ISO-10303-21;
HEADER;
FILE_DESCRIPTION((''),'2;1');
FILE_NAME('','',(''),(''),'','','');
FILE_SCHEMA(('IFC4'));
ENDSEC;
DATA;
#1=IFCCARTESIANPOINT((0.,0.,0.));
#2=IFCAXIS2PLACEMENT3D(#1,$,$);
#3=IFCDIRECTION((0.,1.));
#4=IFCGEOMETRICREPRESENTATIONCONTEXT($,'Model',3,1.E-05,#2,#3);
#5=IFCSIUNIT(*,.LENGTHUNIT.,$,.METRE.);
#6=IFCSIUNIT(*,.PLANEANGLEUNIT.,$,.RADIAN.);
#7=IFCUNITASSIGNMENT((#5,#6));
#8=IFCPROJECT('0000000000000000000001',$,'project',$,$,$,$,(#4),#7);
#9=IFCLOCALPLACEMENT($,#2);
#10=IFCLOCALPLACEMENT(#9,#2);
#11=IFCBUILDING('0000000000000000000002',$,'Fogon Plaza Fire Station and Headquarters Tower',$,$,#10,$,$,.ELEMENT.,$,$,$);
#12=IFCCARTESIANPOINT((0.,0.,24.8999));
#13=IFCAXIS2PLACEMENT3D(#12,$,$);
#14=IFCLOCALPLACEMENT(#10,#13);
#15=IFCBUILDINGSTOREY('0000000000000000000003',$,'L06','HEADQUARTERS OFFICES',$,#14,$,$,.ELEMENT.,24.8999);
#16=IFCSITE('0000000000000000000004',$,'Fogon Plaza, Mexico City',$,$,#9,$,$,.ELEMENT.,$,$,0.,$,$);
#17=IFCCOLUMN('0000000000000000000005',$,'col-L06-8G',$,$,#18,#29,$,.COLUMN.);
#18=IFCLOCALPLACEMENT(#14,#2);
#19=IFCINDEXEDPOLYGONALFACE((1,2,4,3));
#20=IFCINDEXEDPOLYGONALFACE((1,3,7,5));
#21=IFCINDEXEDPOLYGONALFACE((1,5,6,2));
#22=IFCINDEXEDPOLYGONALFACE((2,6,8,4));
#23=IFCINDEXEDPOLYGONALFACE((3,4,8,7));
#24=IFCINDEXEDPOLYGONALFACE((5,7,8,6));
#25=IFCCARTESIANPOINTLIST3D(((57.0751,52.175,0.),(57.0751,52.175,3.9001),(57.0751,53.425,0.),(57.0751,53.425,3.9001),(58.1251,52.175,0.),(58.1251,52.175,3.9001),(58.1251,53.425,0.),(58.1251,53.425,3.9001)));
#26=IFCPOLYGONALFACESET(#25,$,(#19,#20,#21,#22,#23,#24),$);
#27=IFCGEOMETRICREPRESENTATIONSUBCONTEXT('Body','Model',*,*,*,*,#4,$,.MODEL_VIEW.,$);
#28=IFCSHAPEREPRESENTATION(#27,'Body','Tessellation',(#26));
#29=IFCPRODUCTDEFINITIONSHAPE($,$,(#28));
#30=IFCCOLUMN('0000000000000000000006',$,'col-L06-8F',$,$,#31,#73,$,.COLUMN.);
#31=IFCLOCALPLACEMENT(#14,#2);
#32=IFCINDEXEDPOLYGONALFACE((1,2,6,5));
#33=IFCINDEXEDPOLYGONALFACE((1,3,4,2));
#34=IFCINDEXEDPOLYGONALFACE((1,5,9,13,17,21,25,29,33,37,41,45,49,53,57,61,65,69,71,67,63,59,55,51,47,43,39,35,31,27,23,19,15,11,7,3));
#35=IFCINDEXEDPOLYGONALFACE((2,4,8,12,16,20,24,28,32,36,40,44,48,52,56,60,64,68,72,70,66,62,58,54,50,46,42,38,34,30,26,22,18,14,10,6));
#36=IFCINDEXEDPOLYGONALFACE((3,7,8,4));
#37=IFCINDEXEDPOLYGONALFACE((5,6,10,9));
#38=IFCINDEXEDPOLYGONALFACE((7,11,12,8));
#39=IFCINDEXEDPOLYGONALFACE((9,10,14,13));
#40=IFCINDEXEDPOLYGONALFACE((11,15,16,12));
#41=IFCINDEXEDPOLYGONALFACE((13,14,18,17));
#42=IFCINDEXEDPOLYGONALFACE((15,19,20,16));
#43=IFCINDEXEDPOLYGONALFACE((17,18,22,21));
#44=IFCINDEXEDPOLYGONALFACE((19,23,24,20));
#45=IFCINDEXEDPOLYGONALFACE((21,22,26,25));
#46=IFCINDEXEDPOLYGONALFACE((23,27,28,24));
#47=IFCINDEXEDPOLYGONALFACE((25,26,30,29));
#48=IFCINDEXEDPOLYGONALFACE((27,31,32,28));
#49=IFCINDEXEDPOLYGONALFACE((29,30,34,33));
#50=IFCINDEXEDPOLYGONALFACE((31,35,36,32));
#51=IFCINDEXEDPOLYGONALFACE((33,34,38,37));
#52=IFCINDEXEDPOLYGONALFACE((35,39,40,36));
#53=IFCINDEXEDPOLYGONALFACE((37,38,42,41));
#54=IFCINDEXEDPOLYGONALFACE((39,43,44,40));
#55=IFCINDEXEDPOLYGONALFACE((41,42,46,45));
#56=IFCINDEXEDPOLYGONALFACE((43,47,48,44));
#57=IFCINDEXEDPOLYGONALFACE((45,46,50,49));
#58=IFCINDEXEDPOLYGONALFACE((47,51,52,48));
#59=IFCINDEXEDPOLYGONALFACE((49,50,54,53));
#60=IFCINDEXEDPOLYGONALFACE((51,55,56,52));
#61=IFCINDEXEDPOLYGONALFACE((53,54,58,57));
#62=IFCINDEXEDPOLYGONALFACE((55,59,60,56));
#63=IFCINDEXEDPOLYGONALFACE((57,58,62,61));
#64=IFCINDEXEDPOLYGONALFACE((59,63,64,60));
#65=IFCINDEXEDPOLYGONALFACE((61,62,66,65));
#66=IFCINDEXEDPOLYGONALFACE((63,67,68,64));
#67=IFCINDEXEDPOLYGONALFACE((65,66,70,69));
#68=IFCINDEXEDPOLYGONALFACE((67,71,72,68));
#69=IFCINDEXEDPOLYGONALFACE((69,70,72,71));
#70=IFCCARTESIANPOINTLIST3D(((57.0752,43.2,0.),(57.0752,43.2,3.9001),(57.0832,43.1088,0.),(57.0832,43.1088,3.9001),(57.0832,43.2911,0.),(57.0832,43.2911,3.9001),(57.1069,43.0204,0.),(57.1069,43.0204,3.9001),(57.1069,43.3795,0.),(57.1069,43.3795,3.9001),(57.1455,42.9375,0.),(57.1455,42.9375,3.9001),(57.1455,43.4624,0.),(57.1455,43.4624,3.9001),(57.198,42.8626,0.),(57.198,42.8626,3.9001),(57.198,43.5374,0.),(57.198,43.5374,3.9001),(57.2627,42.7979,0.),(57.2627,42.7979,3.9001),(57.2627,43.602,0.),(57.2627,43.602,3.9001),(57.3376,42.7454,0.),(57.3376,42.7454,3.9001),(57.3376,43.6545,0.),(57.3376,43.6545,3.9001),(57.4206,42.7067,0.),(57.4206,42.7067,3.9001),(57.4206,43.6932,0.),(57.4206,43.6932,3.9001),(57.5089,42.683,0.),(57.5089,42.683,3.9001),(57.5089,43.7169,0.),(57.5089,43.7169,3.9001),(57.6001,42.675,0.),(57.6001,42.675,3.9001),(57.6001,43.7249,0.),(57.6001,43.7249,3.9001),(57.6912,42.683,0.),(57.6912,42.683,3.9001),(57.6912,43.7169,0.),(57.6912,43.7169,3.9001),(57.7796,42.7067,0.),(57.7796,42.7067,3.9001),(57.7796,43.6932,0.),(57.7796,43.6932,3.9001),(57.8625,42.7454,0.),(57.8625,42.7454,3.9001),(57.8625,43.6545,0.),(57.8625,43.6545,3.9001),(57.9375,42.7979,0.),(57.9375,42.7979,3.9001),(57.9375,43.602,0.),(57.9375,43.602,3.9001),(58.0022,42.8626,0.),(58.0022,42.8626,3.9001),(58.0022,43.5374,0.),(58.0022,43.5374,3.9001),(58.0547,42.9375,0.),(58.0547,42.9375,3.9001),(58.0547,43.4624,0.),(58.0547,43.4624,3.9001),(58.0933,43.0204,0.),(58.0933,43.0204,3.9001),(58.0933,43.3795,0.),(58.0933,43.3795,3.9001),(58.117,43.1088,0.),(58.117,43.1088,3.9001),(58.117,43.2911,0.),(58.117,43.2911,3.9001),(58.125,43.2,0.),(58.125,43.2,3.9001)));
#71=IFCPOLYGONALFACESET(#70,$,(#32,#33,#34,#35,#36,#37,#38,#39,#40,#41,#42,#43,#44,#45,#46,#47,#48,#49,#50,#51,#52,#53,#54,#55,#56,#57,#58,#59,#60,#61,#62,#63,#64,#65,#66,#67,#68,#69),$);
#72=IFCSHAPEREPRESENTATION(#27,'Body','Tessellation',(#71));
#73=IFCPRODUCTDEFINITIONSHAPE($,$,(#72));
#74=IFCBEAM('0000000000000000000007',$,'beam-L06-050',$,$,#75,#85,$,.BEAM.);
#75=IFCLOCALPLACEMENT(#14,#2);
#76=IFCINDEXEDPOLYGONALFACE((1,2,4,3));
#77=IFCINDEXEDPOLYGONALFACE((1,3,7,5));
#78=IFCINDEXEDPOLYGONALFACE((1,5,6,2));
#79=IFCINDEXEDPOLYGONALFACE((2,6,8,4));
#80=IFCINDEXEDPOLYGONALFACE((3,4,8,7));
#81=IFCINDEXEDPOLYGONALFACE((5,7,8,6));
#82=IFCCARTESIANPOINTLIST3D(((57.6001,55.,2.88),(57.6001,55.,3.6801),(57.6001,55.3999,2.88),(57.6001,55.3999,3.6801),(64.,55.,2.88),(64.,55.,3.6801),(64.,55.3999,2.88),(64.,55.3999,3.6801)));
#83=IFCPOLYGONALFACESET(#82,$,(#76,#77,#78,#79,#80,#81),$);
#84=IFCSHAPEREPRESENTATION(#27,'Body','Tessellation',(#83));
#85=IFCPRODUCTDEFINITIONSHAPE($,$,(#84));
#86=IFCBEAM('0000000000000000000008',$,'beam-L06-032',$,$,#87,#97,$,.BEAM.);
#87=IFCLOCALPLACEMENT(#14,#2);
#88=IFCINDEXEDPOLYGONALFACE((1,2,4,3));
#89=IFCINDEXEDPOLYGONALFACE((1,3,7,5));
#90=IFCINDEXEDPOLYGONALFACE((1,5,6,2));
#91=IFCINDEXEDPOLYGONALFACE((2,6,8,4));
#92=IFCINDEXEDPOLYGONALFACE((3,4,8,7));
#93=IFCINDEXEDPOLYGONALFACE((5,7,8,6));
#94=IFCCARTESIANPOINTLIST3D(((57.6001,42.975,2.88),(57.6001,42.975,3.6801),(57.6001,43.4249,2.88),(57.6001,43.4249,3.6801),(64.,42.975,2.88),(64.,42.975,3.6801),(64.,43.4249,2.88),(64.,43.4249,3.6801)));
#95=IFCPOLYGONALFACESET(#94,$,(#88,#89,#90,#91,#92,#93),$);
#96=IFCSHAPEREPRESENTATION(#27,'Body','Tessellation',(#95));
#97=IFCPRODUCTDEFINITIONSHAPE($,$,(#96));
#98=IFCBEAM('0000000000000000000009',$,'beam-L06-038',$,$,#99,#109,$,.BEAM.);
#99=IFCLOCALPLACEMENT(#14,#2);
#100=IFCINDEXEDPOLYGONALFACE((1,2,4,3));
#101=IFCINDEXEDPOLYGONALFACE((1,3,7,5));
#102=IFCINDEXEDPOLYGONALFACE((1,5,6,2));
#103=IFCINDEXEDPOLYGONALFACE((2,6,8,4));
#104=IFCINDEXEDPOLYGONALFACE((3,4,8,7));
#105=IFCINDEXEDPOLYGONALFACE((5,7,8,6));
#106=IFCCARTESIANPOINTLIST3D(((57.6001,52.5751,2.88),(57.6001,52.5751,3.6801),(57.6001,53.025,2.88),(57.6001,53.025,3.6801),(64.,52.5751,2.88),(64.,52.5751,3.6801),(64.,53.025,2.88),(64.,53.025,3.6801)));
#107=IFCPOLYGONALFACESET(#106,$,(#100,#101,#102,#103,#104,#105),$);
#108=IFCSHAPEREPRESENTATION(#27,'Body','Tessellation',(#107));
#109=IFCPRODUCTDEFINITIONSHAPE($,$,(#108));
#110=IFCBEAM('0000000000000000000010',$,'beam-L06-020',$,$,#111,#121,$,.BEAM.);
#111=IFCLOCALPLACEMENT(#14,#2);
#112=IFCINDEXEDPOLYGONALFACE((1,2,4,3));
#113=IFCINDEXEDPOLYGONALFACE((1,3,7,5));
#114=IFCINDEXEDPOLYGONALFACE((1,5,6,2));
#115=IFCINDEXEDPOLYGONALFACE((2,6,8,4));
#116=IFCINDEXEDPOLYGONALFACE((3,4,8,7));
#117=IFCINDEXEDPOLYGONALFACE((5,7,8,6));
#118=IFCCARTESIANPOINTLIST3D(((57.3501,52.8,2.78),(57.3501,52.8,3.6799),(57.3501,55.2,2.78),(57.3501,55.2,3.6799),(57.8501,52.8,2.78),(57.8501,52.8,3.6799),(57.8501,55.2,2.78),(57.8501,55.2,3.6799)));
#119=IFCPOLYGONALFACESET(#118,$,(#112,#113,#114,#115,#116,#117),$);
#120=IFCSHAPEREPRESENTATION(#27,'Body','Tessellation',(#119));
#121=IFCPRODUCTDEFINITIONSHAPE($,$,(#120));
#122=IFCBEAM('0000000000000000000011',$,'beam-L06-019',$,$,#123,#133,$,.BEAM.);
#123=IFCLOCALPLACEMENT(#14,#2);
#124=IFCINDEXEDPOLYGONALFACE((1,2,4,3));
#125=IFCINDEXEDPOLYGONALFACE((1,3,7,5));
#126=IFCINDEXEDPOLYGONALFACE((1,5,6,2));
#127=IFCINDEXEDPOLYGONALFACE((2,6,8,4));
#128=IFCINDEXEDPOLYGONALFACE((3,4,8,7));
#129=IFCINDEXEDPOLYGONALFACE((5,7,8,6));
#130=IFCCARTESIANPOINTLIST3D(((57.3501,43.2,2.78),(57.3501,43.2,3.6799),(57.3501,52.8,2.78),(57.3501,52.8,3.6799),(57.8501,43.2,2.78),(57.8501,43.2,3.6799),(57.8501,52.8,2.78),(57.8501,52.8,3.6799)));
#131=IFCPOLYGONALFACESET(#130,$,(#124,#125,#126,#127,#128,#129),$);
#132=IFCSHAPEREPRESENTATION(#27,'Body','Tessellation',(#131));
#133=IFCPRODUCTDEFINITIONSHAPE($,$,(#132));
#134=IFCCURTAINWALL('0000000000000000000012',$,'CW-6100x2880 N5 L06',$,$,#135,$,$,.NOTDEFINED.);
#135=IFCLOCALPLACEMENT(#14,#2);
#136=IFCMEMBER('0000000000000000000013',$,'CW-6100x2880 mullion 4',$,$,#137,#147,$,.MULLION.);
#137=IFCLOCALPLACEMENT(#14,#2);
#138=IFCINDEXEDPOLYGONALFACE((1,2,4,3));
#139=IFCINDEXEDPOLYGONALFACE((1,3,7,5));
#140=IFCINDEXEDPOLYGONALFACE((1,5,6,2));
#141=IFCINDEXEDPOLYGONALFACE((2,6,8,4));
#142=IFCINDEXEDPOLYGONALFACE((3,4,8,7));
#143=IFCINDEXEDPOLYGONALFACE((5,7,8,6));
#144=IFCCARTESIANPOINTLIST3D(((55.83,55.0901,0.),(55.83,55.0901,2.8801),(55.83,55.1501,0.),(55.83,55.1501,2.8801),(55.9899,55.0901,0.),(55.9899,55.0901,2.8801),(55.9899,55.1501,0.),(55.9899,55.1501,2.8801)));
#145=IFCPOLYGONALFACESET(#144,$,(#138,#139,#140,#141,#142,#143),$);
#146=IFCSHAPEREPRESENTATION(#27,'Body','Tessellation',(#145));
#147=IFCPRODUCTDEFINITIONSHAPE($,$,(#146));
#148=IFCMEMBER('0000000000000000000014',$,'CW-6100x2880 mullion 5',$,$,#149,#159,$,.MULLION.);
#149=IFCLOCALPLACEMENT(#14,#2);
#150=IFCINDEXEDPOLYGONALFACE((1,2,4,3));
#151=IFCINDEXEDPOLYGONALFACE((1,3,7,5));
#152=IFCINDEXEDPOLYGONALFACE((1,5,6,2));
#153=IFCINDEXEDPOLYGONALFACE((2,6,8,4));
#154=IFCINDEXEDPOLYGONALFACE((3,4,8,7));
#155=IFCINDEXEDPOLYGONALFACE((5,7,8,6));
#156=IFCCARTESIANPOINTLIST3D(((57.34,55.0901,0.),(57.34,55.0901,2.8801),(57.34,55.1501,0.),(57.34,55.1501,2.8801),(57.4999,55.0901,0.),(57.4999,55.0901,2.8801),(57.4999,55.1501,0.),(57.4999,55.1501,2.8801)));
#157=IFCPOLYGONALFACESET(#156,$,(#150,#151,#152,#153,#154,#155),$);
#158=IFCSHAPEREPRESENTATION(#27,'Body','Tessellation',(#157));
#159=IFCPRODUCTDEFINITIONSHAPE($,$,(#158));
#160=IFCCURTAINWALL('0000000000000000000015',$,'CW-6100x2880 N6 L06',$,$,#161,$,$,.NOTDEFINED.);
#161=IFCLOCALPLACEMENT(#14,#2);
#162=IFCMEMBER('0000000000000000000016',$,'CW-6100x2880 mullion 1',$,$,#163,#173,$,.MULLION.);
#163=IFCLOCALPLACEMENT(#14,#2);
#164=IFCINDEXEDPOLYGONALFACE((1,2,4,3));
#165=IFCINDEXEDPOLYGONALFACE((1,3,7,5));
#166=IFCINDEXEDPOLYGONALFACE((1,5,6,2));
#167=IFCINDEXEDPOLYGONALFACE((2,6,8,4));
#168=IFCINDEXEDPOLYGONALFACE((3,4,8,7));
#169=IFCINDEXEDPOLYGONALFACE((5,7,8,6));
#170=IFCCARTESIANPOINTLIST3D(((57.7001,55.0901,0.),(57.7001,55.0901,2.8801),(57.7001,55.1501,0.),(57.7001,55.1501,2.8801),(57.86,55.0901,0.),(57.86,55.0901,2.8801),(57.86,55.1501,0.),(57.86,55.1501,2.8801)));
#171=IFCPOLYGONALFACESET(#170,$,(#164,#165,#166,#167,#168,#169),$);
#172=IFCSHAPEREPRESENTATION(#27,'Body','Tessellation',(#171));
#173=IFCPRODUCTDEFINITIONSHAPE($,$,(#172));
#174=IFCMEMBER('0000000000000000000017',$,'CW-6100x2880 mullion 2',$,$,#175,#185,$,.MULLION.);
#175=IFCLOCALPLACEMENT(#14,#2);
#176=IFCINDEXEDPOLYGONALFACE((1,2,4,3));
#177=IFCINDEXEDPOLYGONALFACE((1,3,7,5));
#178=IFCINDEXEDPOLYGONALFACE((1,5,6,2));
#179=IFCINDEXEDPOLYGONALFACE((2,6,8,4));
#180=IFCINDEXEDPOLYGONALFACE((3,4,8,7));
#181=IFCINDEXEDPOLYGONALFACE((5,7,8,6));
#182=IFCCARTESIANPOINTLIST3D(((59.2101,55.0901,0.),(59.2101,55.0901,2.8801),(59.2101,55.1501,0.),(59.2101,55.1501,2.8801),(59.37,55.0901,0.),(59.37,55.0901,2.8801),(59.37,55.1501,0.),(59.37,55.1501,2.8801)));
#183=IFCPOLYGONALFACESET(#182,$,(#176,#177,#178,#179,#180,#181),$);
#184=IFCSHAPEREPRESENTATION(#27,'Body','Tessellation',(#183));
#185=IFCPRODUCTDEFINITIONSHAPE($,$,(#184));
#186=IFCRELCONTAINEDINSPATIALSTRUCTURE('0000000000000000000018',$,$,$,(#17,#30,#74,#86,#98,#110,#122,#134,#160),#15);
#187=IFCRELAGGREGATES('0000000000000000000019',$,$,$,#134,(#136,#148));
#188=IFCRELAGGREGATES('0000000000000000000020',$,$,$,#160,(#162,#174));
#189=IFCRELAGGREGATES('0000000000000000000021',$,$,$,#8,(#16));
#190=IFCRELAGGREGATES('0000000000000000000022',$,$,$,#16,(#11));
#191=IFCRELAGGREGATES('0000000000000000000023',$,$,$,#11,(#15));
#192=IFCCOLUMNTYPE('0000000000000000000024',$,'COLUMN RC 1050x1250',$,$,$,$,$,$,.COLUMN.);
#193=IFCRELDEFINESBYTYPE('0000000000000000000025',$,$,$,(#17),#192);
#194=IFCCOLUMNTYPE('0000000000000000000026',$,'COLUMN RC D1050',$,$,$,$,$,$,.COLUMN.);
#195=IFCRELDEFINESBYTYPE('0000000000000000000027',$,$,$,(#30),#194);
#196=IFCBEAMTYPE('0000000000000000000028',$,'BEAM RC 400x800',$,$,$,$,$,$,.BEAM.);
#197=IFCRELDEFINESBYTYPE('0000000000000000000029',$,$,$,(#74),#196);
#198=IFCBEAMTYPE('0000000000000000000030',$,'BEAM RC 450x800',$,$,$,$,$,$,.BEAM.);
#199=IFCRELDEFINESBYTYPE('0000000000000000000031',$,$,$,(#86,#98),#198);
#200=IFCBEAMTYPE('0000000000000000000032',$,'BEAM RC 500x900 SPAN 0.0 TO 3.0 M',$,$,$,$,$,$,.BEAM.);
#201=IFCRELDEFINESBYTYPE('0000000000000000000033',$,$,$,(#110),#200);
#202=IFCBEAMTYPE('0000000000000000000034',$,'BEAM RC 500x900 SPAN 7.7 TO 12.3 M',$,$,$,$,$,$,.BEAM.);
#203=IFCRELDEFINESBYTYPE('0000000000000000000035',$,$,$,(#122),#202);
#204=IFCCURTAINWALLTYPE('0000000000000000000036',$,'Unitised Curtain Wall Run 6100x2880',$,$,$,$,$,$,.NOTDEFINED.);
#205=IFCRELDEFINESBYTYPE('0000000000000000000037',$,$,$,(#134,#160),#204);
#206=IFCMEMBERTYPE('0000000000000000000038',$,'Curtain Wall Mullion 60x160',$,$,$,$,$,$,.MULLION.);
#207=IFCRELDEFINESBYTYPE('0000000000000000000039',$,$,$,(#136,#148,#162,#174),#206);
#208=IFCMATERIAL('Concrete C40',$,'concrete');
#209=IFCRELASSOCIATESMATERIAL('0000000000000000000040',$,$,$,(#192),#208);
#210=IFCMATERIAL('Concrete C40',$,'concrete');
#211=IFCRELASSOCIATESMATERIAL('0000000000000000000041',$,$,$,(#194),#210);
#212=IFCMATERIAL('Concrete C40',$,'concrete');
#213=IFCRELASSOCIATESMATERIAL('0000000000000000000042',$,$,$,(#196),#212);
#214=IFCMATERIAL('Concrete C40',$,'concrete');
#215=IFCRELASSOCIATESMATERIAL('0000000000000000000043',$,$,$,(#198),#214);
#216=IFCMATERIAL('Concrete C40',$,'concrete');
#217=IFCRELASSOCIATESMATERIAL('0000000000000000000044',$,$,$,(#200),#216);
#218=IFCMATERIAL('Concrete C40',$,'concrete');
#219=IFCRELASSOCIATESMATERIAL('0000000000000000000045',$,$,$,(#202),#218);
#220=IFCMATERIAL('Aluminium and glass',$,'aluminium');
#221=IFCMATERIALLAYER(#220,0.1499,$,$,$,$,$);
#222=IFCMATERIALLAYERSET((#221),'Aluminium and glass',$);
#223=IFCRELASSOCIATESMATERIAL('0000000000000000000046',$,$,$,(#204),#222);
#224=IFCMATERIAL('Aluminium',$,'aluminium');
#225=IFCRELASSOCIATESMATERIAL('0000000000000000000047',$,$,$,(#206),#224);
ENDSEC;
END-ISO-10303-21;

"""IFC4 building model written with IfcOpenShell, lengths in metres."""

from ifc_helpers import new_model, si_unit, direction, frame, origin, origin_2d, place, context, subcontext, project, spatial, rectangle, circle, extrude, material, layer, layer_set, material_profile, profile_set, type_object, element, aggregate, save


model = new_model("IFC4")

# Units and contexts
model_context = context("Model", 3, precision=1e-05, world=origin(), true_north=direction((0.0, 1.0)))
body_context = subcontext(model_context, "Body", "Model", "MODEL_VIEW")
ifc_project = project(units=[si_unit("LENGTHUNIT", "METRE"), si_unit("PLANEANGLEUNIT", "RADIAN")], contexts=[model_context])

# Site, building, storey
site_placement = place(None, origin())
site = spatial("IfcSite", under=ifc_project, at=site_placement, Name="Fogon Plaza, Mexico City", CompositionType="ELEMENT", RefElevation=0.0)
building_placement = place(site_placement, origin())
building = spatial("IfcBuilding", under=site, at=building_placement, Name="Fogon Plaza Fire Station and Headquarters Tower", CompositionType="ELEMENT")
storey_placement = place(building_placement, frame((0.0, 0.0, 24.8999)))
storey = spatial("IfcBuildingStorey", under=building, at=storey_placement, Name="L06", Description="HEADQUARTERS OFFICES", CompositionType="ELEMENT", Elevation=24.8999)

# Columns
ifc_material_1 = material(Name="Concrete C40", Category="concrete")
ifc_material_profile_1 = material_profile(ifc_material_1, rectangle(XDim=1.05, YDim=1.25, at=origin_2d()), Name="RC 1050x1250")
ifc_profile_set_1 = profile_set([ifc_material_profile_1], Name="Concrete C40")
column_type_1 = type_object("IfcColumnType", Name="COLUMN RC 1050x1250", PredefinedType="COLUMN", material=ifc_profile_set_1)
column_1_placement = place(storey_placement, frame((57.6001, 52.8, 0.0), z_axis=(0.0, 0.0, 1.0), x_axis=(1.0, 0.0, 0.0)))
element("IfcColumn", 1, at=column_1_placement, inside=storey, type_object=column_type_1, Name="col-L06-8G", PredefinedType="COLUMN", context=body_context, shape_type="SweptSolid", body=[
    extrude(rectangle(XDim=1.05, YDim=1.25, at=origin_2d()), origin(), (0.0, 0.0, 1.0), 3.9001),
])
ifc_material_2 = material(Name="Concrete C40", Category="concrete")
ifc_material_profile_2 = material_profile(ifc_material_2, circle(Radius=0.5249, at=origin_2d()), Name="RC D1050")
ifc_profile_set_2 = profile_set([ifc_material_profile_2], Name="Concrete C40")
column_type_2 = type_object("IfcColumnType", Name="COLUMN RC D1050", PredefinedType="COLUMN", material=ifc_profile_set_2)
column_2_placement = place(storey_placement, frame((57.6001, 43.2, 0.0), z_axis=(0.0, 0.0, 1.0), x_axis=(1.0, 0.0, 0.0)))
element("IfcColumn", 2, at=column_2_placement, inside=storey, type_object=column_type_2, Name="col-L06-8F", PredefinedType="COLUMN", context=body_context, shape_type="SweptSolid", body=[
    extrude(circle(Radius=0.5249, at=origin_2d()), origin(), (0.0, 0.0, 1.0), 3.9001),
])

# Beams
ifc_material_3 = material(Name="Concrete C40", Category="concrete")
ifc_material_profile_3 = material_profile(ifc_material_3, rectangle(XDim=0.3999, YDim=0.8, at=origin_2d()), Name="RC 400x800")
ifc_profile_set_3 = profile_set([ifc_material_profile_3], Name="Concrete C40")
beam_type_1 = type_object("IfcBeamType", Name="BEAM RC 400x800", PredefinedType="BEAM", material=ifc_profile_set_3)
beam_1_placement = place(storey_placement, frame((57.6001, 55.2, 3.28), z_axis=(1.0, 0.0, 0.0), x_axis=(0.0, 1.0, 0.0)))
element("IfcBeam", 3, at=beam_1_placement, inside=storey, type_object=beam_type_1, Name="beam-L06-050", PredefinedType="BEAM", context=body_context, shape_type="SweptSolid", body=[
    extrude(rectangle(XDim=0.3999, YDim=0.8, at=origin_2d()), origin(), (0.0, 0.0, 1.0), 6.3999),
])
ifc_material_4 = material(Name="Concrete C40", Category="concrete")
ifc_material_profile_4 = material_profile(ifc_material_4, rectangle(XDim=0.45, YDim=0.8, at=origin_2d()), Name="RC 450x800")
ifc_profile_set_4 = profile_set([ifc_material_profile_4], Name="Concrete C40")
beam_type_2 = type_object("IfcBeamType", Name="BEAM RC 450x800", PredefinedType="BEAM", material=ifc_profile_set_4)
for number, where, z_axis, x_axis, name in (
    (4, (57.6001, 43.2, 3.28), (1.0, 0.0, 0.0), (0.0, 1.0, 0.0), "beam-L06-032"),
    (5, (57.6001, 52.8, 3.28), (1.0, 0.0, 0.0), (0.0, 1.0, 0.0), "beam-L06-038"),
):
    element("IfcBeam", number, at=place(storey_placement, frame(where, z_axis=z_axis, x_axis=x_axis)), inside=storey, type_object=beam_type_2, Name=name, PredefinedType="BEAM", context=body_context, shape_type="SweptSolid", body=[
        extrude(rectangle(XDim=0.45, YDim=0.8, at=origin_2d()), origin(), (0.0, 0.0, 1.0), 6.3999),
    ])
ifc_material_5 = material(Name="Concrete C40", Category="concrete")
ifc_material_profile_5 = material_profile(ifc_material_5, rectangle(XDim=0.5, YDim=0.8999, at=origin_2d()), Name="RC 500x900")
ifc_profile_set_5 = profile_set([ifc_material_profile_5], Name="Concrete C40")
beam_type_3 = type_object("IfcBeamType", Name="BEAM RC 500x900 SPAN 0.0 TO 3.0 M", PredefinedType="BEAM", material=ifc_profile_set_5)
beam_2_placement = place(storey_placement, frame((57.6001, 52.8, 3.23), z_axis=(0.0, 1.0, 0.0), x_axis=(-1.0, 0.0, 0.0)))
element("IfcBeam", 6, at=beam_2_placement, inside=storey, type_object=beam_type_3, Name="beam-L06-020", PredefinedType="BEAM", context=body_context, shape_type="SweptSolid", body=[
    extrude(rectangle(XDim=0.5, YDim=0.8999, at=origin_2d()), origin(), (0.0, 0.0, 1.0), 2.3999),
])
ifc_material_6 = material(Name="Concrete C40", Category="concrete")
ifc_material_profile_6 = material_profile(ifc_material_6, rectangle(XDim=0.5, YDim=0.8999, at=origin_2d()), Name="RC 500x900")
ifc_profile_set_6 = profile_set([ifc_material_profile_6], Name="Concrete C40")
beam_type_4 = type_object("IfcBeamType", Name="BEAM RC 500x900 SPAN 7.7 TO 12.3 M", PredefinedType="BEAM", material=ifc_profile_set_6)
beam_3_placement = place(storey_placement, frame((57.6001, 43.2, 3.23), z_axis=(0.0, 1.0, 0.0), x_axis=(-1.0, 0.0, 0.0)))
element("IfcBeam", 7, at=beam_3_placement, inside=storey, type_object=beam_type_4, Name="beam-L06-019", PredefinedType="BEAM", context=body_context, shape_type="SweptSolid", body=[
    extrude(rectangle(XDim=0.5, YDim=0.8999, at=origin_2d()), origin(), (0.0, 0.0, 1.0), 9.6001),
])

# Curtain walls, members
ifc_material_7 = material(Name="Aluminium and glass", Category="aluminium")
ifc_layer_1 = layer(ifc_material_7, 0.1499)
ifc_layer_set_1 = layer_set([ifc_layer_1], Name="Aluminium and glass")
curtain_wall_type = type_object("IfcCurtainWallType", Name="Unitised Curtain Wall Run 6100x2880", PredefinedType="NOTDEFINED", material=ifc_layer_set_1)
curtain_wall_1_placement = place(storey_placement, origin())
curtain_wall_1 = element("IfcCurtainWall", 8, at=curtain_wall_1_placement, inside=storey, type_object=curtain_wall_type, Name="CW-6100x2880 N5 L06", PredefinedType="NOTDEFINED")
ifc_material_8 = material(Name="Aluminium", Category="aluminium")
ifc_material_profile_7 = material_profile(ifc_material_8, rectangle(XDim=0.0601, YDim=0.1599, at=origin_2d()), Name="Curtain Wall Mullion 60x160")
ifc_profile_set_7 = profile_set([ifc_material_profile_7], Name="Aluminium")
member_type_1 = type_object("IfcMemberType", Name="Curtain Wall Mullion 60x160", PredefinedType="MULLION", material=ifc_profile_set_7)
member_1_placement = place(storey_placement, frame((55.9099, 55.1201, 0.0), z_axis=(0.0, 0.0, 1.0), x_axis=(0.0, 1.0, 0.0)))
member_1 = element("IfcMember", 9, at=member_1_placement, type_object=member_type_1, Name="CW-6100x2880 mullion 4", PredefinedType="MULLION", context=body_context, shape_type="SweptSolid", body=[
    extrude(rectangle(XDim=0.0601, YDim=0.1599, at=origin_2d()), origin(), (0.0, 0.0, 1.0), 2.8801),
])
member_2_placement = place(storey_placement, frame((57.4199, 55.1201, 0.0), z_axis=(0.0, 0.0, 1.0), x_axis=(0.0, 1.0, 0.0)))
member_2 = element("IfcMember", 10, at=member_2_placement, type_object=member_type_1, Name="CW-6100x2880 mullion 5", PredefinedType="MULLION", context=body_context, shape_type="SweptSolid", body=[
    extrude(rectangle(XDim=0.0601, YDim=0.1599, at=origin_2d()), origin(), (0.0, 0.0, 1.0), 2.8801),
])
curtain_wall_2_placement = place(storey_placement, origin())
curtain_wall_2 = element("IfcCurtainWall", 11, at=curtain_wall_2_placement, inside=storey, type_object=curtain_wall_type, Name="CW-6100x2880 N6 L06", PredefinedType="NOTDEFINED")
member_3_placement = place(storey_placement, frame((57.78, 55.1201, 0.0), z_axis=(0.0, 0.0, 1.0), x_axis=(0.0, 1.0, 0.0)))
member_3 = element("IfcMember", 12, at=member_3_placement, type_object=member_type_1, Name="CW-6100x2880 mullion 1", PredefinedType="MULLION", context=body_context, shape_type="SweptSolid", body=[
    extrude(rectangle(XDim=0.0601, YDim=0.1599, at=origin_2d()), origin(), (0.0, 0.0, 1.0), 2.8801),
])
member_4_placement = place(storey_placement, frame((59.29, 55.1201, 0.0), z_axis=(0.0, 0.0, 1.0), x_axis=(0.0, 1.0, 0.0)))
member_4 = element("IfcMember", 13, at=member_4_placement, type_object=member_type_1, Name="CW-6100x2880 mullion 2", PredefinedType="MULLION", context=body_context, shape_type="SweptSolid", body=[
    extrude(rectangle(XDim=0.0601, YDim=0.1599, at=origin_2d()), origin(), (0.0, 0.0, 1.0), 2.8801),
])

aggregate(curtain_wall_1, [member_1, member_2])
aggregate(curtain_wall_2, [member_3, member_4])

save(model, "model.ifc")
